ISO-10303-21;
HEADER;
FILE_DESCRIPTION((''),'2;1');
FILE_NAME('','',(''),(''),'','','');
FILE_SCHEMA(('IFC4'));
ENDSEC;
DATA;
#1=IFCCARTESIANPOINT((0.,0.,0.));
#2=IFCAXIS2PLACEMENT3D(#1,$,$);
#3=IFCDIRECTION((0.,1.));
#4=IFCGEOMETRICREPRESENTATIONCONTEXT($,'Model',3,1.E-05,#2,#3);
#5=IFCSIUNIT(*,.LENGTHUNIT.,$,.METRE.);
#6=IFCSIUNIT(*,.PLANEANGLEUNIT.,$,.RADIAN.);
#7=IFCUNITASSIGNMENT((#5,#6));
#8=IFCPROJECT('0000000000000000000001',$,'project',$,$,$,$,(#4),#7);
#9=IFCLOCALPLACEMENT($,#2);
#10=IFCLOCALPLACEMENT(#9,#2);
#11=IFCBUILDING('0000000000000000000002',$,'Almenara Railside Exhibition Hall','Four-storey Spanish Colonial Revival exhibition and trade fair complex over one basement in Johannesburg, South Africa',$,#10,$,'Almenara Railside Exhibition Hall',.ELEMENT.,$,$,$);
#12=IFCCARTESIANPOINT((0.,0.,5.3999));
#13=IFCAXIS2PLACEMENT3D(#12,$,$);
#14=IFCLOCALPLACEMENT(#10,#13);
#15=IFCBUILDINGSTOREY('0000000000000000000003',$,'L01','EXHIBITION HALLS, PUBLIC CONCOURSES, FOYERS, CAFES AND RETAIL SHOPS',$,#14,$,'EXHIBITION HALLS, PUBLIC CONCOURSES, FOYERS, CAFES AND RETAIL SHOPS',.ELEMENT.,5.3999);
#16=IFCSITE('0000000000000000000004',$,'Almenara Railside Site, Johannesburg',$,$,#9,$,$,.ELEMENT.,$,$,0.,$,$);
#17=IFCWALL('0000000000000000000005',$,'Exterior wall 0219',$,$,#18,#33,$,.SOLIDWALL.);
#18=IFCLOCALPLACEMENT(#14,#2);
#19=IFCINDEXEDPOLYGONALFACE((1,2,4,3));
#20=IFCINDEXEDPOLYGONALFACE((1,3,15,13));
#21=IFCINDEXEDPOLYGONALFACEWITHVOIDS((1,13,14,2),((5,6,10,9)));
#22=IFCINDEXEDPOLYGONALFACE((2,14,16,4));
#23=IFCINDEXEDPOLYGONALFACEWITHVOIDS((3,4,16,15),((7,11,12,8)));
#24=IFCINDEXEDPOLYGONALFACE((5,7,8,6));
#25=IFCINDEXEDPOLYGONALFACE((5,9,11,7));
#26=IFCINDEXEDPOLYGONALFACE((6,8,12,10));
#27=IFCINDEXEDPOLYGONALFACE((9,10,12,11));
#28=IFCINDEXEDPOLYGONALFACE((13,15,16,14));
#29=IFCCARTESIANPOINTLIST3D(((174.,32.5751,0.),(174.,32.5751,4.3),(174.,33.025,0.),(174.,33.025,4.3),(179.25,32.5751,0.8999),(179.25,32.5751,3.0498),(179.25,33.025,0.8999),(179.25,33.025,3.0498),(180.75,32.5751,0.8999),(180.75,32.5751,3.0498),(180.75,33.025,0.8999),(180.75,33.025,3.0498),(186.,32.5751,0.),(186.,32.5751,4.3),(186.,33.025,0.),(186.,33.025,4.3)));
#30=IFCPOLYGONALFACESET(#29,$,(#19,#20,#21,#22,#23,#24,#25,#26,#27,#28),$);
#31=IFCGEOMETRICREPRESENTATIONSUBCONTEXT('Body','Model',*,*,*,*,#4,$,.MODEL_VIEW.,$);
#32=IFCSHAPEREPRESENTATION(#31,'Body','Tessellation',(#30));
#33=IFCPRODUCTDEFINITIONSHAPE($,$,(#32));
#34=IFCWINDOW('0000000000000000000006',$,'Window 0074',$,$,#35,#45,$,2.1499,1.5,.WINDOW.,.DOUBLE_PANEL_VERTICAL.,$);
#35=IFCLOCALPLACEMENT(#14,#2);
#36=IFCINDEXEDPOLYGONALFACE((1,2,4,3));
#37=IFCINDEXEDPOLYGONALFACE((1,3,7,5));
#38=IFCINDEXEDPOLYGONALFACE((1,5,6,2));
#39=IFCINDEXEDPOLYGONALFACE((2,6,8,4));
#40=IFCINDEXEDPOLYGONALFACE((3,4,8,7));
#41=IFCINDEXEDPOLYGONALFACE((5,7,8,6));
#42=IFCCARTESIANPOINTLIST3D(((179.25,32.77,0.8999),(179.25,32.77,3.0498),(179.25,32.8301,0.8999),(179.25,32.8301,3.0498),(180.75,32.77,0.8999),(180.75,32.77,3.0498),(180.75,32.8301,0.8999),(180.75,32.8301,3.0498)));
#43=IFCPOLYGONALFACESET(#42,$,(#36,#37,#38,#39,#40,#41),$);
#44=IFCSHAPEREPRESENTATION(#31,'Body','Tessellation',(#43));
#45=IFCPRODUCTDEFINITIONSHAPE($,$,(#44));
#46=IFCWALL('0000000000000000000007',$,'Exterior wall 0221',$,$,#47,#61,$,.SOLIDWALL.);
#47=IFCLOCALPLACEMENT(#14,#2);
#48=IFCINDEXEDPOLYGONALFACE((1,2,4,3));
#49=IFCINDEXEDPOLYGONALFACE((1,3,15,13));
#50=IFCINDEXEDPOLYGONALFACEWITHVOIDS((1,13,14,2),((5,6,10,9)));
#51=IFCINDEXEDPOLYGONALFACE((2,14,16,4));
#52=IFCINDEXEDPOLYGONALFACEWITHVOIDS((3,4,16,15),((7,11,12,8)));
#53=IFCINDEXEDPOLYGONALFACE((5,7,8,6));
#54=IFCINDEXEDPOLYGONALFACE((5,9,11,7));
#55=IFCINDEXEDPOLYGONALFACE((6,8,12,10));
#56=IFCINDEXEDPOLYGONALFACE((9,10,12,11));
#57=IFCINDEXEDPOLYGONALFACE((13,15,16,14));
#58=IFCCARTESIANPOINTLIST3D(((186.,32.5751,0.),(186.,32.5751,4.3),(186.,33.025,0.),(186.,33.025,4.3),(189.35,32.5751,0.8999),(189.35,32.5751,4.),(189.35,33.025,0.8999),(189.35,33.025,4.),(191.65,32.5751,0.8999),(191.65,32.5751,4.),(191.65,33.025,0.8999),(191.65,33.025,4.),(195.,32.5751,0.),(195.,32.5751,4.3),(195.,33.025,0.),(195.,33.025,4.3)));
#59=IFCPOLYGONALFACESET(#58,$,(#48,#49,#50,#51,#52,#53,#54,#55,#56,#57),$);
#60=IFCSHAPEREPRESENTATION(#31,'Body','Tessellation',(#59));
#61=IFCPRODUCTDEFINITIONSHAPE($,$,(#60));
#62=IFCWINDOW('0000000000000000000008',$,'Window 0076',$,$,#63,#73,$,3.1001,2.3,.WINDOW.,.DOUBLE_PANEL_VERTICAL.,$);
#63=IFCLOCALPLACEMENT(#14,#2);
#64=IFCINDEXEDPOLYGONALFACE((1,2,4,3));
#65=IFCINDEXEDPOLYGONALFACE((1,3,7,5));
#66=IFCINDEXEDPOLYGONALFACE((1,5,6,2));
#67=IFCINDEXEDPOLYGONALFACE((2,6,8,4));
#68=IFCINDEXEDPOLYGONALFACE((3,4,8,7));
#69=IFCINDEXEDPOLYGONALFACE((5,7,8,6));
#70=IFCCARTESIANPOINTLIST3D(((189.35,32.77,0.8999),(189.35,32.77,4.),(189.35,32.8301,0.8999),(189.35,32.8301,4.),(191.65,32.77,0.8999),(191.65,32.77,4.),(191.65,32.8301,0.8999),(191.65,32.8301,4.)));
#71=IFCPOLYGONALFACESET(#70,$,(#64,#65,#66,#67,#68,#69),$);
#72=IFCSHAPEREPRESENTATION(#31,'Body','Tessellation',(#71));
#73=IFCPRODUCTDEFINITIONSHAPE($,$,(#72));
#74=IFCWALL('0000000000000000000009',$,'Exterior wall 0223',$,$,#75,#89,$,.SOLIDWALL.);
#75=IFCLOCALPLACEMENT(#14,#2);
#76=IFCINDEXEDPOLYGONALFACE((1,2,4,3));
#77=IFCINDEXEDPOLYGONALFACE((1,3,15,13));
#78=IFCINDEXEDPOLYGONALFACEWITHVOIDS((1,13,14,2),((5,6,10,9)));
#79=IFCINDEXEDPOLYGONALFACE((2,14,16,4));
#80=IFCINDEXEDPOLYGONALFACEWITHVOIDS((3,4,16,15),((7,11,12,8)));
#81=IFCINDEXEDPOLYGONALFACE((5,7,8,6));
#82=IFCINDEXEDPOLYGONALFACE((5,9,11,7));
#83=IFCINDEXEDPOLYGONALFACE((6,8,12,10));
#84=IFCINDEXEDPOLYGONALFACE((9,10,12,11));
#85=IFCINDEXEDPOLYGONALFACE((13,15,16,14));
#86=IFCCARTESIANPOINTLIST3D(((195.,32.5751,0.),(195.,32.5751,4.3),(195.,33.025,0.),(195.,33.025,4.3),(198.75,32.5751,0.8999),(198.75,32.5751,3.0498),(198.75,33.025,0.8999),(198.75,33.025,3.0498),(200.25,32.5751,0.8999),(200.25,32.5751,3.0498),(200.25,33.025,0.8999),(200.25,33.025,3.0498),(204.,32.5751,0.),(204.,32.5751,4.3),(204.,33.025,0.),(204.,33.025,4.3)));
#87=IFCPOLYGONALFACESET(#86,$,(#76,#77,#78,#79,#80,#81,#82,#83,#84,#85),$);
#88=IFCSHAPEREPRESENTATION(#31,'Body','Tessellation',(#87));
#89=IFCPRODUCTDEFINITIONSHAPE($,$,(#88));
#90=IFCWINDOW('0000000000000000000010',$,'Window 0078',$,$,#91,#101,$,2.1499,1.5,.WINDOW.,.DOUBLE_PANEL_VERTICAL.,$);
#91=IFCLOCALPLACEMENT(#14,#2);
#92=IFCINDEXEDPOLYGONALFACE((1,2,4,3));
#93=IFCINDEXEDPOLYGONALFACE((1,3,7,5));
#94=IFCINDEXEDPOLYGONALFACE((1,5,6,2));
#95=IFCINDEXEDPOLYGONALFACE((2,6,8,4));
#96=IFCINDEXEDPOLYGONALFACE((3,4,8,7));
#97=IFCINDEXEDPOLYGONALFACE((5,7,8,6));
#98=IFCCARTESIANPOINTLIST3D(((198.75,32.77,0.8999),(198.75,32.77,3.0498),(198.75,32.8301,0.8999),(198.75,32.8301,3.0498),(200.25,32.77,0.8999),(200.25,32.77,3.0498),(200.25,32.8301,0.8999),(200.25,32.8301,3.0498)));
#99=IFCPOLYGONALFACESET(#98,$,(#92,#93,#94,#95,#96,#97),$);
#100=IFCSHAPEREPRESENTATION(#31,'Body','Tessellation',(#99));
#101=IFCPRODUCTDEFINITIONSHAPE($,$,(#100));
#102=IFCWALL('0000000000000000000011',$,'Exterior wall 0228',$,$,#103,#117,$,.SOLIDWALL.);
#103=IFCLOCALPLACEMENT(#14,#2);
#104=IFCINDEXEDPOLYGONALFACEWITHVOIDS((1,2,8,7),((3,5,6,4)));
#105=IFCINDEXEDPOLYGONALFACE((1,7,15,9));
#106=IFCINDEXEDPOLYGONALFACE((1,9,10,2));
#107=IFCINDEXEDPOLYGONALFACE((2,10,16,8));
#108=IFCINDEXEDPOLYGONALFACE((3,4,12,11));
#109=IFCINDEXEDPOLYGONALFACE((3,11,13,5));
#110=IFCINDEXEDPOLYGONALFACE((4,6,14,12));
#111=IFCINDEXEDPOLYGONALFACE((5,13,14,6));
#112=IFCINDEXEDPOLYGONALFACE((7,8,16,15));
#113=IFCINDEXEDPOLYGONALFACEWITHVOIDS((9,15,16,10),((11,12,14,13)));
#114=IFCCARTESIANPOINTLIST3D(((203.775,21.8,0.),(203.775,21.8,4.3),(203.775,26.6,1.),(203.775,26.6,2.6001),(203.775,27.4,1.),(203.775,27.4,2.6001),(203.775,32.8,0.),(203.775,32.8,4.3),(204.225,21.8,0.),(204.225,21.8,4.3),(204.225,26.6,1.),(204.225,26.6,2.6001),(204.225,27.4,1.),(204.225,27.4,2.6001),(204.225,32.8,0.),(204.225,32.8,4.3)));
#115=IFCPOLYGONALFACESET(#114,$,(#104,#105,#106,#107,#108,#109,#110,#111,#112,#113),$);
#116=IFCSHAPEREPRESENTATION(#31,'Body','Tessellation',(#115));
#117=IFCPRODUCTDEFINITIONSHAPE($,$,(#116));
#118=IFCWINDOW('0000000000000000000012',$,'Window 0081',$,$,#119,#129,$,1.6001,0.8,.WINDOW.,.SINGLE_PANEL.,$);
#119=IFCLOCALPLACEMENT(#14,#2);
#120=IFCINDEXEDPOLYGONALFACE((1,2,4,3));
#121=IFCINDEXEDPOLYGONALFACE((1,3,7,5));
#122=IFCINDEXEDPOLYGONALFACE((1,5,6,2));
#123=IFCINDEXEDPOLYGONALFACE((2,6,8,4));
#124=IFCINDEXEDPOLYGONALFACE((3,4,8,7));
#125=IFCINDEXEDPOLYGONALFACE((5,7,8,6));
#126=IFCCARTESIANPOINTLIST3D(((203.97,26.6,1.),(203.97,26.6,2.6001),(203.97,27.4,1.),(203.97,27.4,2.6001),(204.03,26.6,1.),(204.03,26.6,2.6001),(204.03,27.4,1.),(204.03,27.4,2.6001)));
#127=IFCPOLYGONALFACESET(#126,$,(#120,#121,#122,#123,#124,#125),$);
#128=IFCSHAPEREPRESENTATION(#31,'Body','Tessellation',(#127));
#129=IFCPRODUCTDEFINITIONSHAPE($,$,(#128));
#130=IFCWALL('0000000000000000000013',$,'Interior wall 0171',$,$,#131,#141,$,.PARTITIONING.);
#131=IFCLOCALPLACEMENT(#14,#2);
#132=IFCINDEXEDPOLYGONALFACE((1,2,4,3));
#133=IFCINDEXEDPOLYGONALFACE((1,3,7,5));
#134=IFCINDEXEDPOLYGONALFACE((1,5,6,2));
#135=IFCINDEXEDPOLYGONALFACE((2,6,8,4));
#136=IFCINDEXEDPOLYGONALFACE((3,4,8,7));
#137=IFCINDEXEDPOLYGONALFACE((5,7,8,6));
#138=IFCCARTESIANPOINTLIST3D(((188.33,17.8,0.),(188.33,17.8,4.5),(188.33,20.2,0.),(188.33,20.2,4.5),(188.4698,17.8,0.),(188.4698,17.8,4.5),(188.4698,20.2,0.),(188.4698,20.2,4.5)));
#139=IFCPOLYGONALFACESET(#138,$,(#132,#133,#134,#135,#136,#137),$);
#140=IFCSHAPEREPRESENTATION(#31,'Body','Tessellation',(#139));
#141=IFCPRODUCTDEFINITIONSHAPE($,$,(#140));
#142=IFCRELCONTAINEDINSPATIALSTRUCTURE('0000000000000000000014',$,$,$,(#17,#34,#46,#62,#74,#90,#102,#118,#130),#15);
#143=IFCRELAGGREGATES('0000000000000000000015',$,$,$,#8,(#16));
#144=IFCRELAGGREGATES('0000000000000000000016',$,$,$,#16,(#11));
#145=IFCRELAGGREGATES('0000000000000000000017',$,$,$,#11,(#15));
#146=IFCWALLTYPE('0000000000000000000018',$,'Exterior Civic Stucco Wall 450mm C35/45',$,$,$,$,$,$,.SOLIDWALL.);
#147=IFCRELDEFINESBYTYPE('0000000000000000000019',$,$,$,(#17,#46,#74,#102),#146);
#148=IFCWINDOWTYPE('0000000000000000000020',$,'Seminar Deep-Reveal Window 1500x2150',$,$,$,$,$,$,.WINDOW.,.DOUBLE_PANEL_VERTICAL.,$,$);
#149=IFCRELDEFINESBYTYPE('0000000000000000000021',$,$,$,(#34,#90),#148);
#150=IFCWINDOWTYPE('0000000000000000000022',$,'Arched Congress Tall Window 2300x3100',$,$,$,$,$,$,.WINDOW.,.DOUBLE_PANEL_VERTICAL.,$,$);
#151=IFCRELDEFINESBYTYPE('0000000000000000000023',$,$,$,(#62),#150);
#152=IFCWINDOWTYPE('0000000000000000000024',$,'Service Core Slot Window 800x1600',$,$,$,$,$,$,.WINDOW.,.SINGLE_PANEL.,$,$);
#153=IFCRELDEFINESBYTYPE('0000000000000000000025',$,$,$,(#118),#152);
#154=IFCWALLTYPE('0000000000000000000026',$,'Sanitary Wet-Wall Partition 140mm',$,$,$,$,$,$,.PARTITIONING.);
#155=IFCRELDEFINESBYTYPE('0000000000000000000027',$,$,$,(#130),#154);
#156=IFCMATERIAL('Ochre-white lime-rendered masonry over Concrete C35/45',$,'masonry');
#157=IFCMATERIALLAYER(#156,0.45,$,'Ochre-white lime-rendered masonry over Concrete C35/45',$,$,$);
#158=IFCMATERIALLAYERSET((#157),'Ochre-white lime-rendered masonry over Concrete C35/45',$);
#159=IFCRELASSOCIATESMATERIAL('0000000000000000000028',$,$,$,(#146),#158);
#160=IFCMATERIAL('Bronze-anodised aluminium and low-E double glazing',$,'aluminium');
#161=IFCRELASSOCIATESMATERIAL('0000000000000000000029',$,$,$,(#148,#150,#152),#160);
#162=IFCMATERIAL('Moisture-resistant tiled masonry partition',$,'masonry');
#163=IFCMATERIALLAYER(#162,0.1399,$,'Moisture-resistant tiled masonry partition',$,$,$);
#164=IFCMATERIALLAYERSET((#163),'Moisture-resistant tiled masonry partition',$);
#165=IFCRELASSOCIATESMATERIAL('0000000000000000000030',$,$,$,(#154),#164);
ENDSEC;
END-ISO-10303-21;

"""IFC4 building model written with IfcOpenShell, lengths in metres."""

from ifc_helpers import new_model, si_unit, direction, frame, frame_2d, origin, place, context, subcontext, project, spatial, rectangle, extrude, material, layer, layer_set, type_object, element, fill, save


model = new_model("IFC4")

# Units and contexts
model_context = context("Model", 3, precision=1e-05, world=origin(), true_north=direction((0.0, 1.0)))
body_context = subcontext(model_context, "Body", "Model", "MODEL_VIEW")
ifc_project = project(units=[si_unit("LENGTHUNIT", "METRE"), si_unit("PLANEANGLEUNIT", "RADIAN")], contexts=[model_context])

# Site, building, storey
site_placement = place(None, origin())
site = spatial("IfcSite", under=ifc_project, at=site_placement, Name="Almenara Railside Site, Johannesburg", CompositionType="ELEMENT", RefElevation=0.0)
building_placement = place(site_placement, origin())
building = spatial("IfcBuilding", under=site, at=building_placement, Name="Almenara Railside Exhibition Hall", Description="Four-storey Spanish Colonial Revival exhibition and trade fair complex over one basement in Johannesburg, South Africa", LongName="Almenara Railside Exhibition Hall", CompositionType="ELEMENT")
storey_placement = place(building_placement, frame((0.0, 0.0, 5.3999)))
storey = spatial("IfcBuildingStorey", under=building, at=storey_placement, Name="L01", Description="EXHIBITION HALLS, PUBLIC CONCOURSES, FOYERS, CAFES AND RETAIL SHOPS", LongName="EXHIBITION HALLS, PUBLIC CONCOURSES, FOYERS, CAFES AND RETAIL SHOPS", CompositionType="ELEMENT", Elevation=5.3999)

# Walls, openings, windows
ifc_material_1 = material(Name="Ochre-white lime-rendered masonry over Concrete C35/45", Category="masonry")
ifc_layer_1 = layer(ifc_material_1, 0.45, Name="Ochre-white lime-rendered masonry over Concrete C35/45")
ifc_layer_set_1 = layer_set([ifc_layer_1], Name="Ochre-white lime-rendered masonry over Concrete C35/45")
wall_type_1 = type_object("IfcWallType", Name="Exterior Civic Stucco Wall 450mm C35/45", PredefinedType="SOLIDWALL", material=ifc_layer_set_1)
wall_1_placement = place(storey_placement, frame((186.0, 32.8, 0.0), z_axis=(0.0, 0.0, 1.0), x_axis=(-1.0, 0.0, 0.0)))
wall_1 = element("IfcWall", 1, at=wall_1_placement, inside=storey, type_object=wall_type_1, Name="Exterior wall 0219", PredefinedType="SOLIDWALL", context=body_context, shape_type="SweptSolid", body=[
    extrude(rectangle(XDim=12.0, YDim=0.45, at=frame_2d((6.0, 0.0))), origin(), (0.0, 0.0, 1.0), 4.3),
])
opening_1_placement = place(wall_1_placement, frame((5.25, 0.0, 0.8999)))
opening_1 = element("IfcOpeningElement", 2, at=opening_1_placement, cuts=wall_1, PredefinedType="OPENING", context=body_context, shape_type="SweptSolid", body=[
    extrude(rectangle(XDim=1.5, YDim=2.1499, at=frame_2d((0.75, 1.075))), frame((0.0, 0.2349, 0.0), z_axis=(0.0, -1.0, 0.0), x_axis=(1.0, 0.0, 0.0)), (0.0, 0.0, 1.0), 0.47),
])
ifc_material_2 = material(Name="Bronze-anodised aluminium and low-E double glazing", Category="aluminium")
window_type_1 = type_object("IfcWindowType", Name="Seminar Deep-Reveal Window 1500x2150", PartitioningType="DOUBLE_PANEL_VERTICAL", PredefinedType="WINDOW", material=ifc_material_2)
window_1_placement = place(opening_1_placement, origin())
window_1 = element("IfcWindow", 3, at=window_1_placement, inside=storey, type_object=window_type_1, Name="Window 0074", OverallHeight=2.1499, OverallWidth=1.5, PartitioningType="DOUBLE_PANEL_VERTICAL", PredefinedType="WINDOW", context=body_context, shape_type="SweptSolid", body=[
    extrude(rectangle(XDim=1.5, YDim=2.1499, at=frame_2d((0.75, 1.075))), frame((0.0, 0.03, 0.0), z_axis=(0.0, -1.0, 0.0), x_axis=(1.0, 0.0, 0.0)), (0.0, 0.0, 1.0), 0.0601),
])
fill(opening_1, window_1)
wall_2_placement = place(storey_placement, frame((195.0, 32.8, 0.0), z_axis=(0.0, 0.0, 1.0), x_axis=(-1.0, 0.0, 0.0)))
wall_2 = element("IfcWall", 4, at=wall_2_placement, inside=storey, type_object=wall_type_1, Name="Exterior wall 0221", PredefinedType="SOLIDWALL", context=body_context, shape_type="SweptSolid", body=[
    extrude(rectangle(XDim=9.0, YDim=0.45, at=frame_2d((4.5, 0.0))), origin(), (0.0, 0.0, 1.0), 4.3),
])
opening_2_placement = place(wall_2_placement, frame((3.3501, 0.0, 0.8999)))
opening_2 = element("IfcOpeningElement", 5, at=opening_2_placement, cuts=wall_2, PredefinedType="OPENING", context=body_context, shape_type="SweptSolid", body=[
    extrude(rectangle(XDim=2.3, YDim=3.1001, at=frame_2d((1.1499, 1.55))), frame((0.0, 0.2349, 0.0), z_axis=(0.0, -1.0, 0.0), x_axis=(1.0, 0.0, 0.0)), (0.0, 0.0, 1.0), 0.47),
])
window_type_2 = type_object("IfcWindowType", Name="Arched Congress Tall Window 2300x3100", PartitioningType="DOUBLE_PANEL_VERTICAL", PredefinedType="WINDOW", material=ifc_material_2)
window_2_placement = place(opening_2_placement, origin())
window_2 = element("IfcWindow", 6, at=window_2_placement, inside=storey, type_object=window_type_2, Name="Window 0076", OverallHeight=3.1001, OverallWidth=2.3, PartitioningType="DOUBLE_PANEL_VERTICAL", PredefinedType="WINDOW", context=body_context, shape_type="SweptSolid", body=[
    extrude(rectangle(XDim=2.3, YDim=3.1001, at=frame_2d((1.1499, 1.55))), frame((0.0, 0.03, 0.0), z_axis=(0.0, -1.0, 0.0), x_axis=(1.0, 0.0, 0.0)), (0.0, 0.0, 1.0), 0.0601),
])
fill(opening_2, window_2)
wall_3_placement = place(storey_placement, frame((204.0, 32.8, 0.0), z_axis=(0.0, 0.0, 1.0), x_axis=(-1.0, 0.0, 0.0)))
wall_3 = element("IfcWall", 7, at=wall_3_placement, inside=storey, type_object=wall_type_1, Name="Exterior wall 0223", PredefinedType="SOLIDWALL", context=body_context, shape_type="SweptSolid", body=[
    extrude(rectangle(XDim=9.0, YDim=0.45, at=frame_2d((4.5, 0.0))), origin(), (0.0, 0.0, 1.0), 4.3),
])
opening_3_placement = place(wall_3_placement, frame((3.75, 0.0, 0.8999)))
opening_3 = element("IfcOpeningElement", 8, at=opening_3_placement, cuts=wall_3, PredefinedType="OPENING", context=body_context, shape_type="SweptSolid", body=[
    extrude(rectangle(XDim=1.5, YDim=2.1499, at=frame_2d((0.75, 1.075))), frame((0.0, 0.2349, 0.0), z_axis=(0.0, -1.0, 0.0), x_axis=(1.0, 0.0, 0.0)), (0.0, 0.0, 1.0), 0.47),
])
window_3_placement = place(opening_3_placement, origin())
window_3 = element("IfcWindow", 9, at=window_3_placement, inside=storey, type_object=window_type_1, Name="Window 0078", OverallHeight=2.1499, OverallWidth=1.5, PartitioningType="DOUBLE_PANEL_VERTICAL", PredefinedType="WINDOW", context=body_context, shape_type="SweptSolid", body=[
    extrude(rectangle(XDim=1.5, YDim=2.1499, at=frame_2d((0.75, 1.075))), frame((0.0, 0.03, 0.0), z_axis=(0.0, -1.0, 0.0), x_axis=(1.0, 0.0, 0.0)), (0.0, 0.0, 1.0), 0.0601),
])
fill(opening_3, window_3)
wall_4_placement = place(storey_placement, frame((204.0, 21.8, 0.0), z_axis=(0.0, 0.0, 1.0), x_axis=(0.0, 1.0, 0.0)))
wall_4 = element("IfcWall", 10, at=wall_4_placement, inside=storey, type_object=wall_type_1, Name="Exterior wall 0228", PredefinedType="SOLIDWALL", context=body_context, shape_type="SweptSolid", body=[
    extrude(rectangle(XDim=11.0, YDim=0.45, at=frame_2d((5.5, 0.0))), origin(), (0.0, 0.0, 1.0), 4.3),
])
opening_4_placement = place(wall_4_placement, frame((4.8, 0.0, 1.0)))
opening_4 = element("IfcOpeningElement", 11, at=opening_4_placement, cuts=wall_4, PredefinedType="OPENING", context=body_context, shape_type="SweptSolid", body=[
    extrude(rectangle(XDim=0.8, YDim=1.6001, at=frame_2d((0.3999, 0.8))), frame((0.0, 0.2349, 0.0), z_axis=(0.0, -1.0, 0.0), x_axis=(1.0, 0.0, 0.0)), (0.0, 0.0, 1.0), 0.47),
])
window_type_3 = type_object("IfcWindowType", Name="Service Core Slot Window 800x1600", PartitioningType="SINGLE_PANEL", PredefinedType="WINDOW", material=ifc_material_2)
window_4_placement = place(opening_4_placement, origin())
window_4 = element("IfcWindow", 12, at=window_4_placement, inside=storey, type_object=window_type_3, Name="Window 0081", OverallHeight=1.6001, OverallWidth=0.8, PartitioningType="SINGLE_PANEL", PredefinedType="WINDOW", context=body_context, shape_type="SweptSolid", body=[
    extrude(rectangle(XDim=0.8, YDim=1.6001, at=frame_2d((0.3999, 0.8))), frame((0.0, 0.03, 0.0), z_axis=(0.0, -1.0, 0.0), x_axis=(1.0, 0.0, 0.0)), (0.0, 0.0, 1.0), 0.0601),
])
fill(opening_4, window_4)

# Wall
ifc_material_3 = material(Name="Moisture-resistant tiled masonry partition", Category="masonry")
ifc_layer_2 = layer(ifc_material_3, 0.1399, Name="Moisture-resistant tiled masonry partition")
ifc_layer_set_2 = layer_set([ifc_layer_2], Name="Moisture-resistant tiled masonry partition")
wall_type_2 = type_object("IfcWallType", Name="Sanitary Wet-Wall Partition 140mm", PredefinedType="PARTITIONING", material=ifc_layer_set_2)
wall_5_placement = place(storey_placement, frame((188.3999, 17.8, 0.0), z_axis=(0.0, 0.0, 1.0), x_axis=(0.0, 1.0, 0.0)))
element("IfcWall", 13, at=wall_5_placement, inside=storey, type_object=wall_type_2, Name="Interior wall 0171", PredefinedType="PARTITIONING", context=body_context, shape_type="SweptSolid", body=[
    extrude(rectangle(XDim=2.3999, YDim=0.1399, at=frame_2d((1.2, 0.0))), origin(), (0.0, 0.0, 1.0), 4.5),
])

save(model, "model.ifc")
